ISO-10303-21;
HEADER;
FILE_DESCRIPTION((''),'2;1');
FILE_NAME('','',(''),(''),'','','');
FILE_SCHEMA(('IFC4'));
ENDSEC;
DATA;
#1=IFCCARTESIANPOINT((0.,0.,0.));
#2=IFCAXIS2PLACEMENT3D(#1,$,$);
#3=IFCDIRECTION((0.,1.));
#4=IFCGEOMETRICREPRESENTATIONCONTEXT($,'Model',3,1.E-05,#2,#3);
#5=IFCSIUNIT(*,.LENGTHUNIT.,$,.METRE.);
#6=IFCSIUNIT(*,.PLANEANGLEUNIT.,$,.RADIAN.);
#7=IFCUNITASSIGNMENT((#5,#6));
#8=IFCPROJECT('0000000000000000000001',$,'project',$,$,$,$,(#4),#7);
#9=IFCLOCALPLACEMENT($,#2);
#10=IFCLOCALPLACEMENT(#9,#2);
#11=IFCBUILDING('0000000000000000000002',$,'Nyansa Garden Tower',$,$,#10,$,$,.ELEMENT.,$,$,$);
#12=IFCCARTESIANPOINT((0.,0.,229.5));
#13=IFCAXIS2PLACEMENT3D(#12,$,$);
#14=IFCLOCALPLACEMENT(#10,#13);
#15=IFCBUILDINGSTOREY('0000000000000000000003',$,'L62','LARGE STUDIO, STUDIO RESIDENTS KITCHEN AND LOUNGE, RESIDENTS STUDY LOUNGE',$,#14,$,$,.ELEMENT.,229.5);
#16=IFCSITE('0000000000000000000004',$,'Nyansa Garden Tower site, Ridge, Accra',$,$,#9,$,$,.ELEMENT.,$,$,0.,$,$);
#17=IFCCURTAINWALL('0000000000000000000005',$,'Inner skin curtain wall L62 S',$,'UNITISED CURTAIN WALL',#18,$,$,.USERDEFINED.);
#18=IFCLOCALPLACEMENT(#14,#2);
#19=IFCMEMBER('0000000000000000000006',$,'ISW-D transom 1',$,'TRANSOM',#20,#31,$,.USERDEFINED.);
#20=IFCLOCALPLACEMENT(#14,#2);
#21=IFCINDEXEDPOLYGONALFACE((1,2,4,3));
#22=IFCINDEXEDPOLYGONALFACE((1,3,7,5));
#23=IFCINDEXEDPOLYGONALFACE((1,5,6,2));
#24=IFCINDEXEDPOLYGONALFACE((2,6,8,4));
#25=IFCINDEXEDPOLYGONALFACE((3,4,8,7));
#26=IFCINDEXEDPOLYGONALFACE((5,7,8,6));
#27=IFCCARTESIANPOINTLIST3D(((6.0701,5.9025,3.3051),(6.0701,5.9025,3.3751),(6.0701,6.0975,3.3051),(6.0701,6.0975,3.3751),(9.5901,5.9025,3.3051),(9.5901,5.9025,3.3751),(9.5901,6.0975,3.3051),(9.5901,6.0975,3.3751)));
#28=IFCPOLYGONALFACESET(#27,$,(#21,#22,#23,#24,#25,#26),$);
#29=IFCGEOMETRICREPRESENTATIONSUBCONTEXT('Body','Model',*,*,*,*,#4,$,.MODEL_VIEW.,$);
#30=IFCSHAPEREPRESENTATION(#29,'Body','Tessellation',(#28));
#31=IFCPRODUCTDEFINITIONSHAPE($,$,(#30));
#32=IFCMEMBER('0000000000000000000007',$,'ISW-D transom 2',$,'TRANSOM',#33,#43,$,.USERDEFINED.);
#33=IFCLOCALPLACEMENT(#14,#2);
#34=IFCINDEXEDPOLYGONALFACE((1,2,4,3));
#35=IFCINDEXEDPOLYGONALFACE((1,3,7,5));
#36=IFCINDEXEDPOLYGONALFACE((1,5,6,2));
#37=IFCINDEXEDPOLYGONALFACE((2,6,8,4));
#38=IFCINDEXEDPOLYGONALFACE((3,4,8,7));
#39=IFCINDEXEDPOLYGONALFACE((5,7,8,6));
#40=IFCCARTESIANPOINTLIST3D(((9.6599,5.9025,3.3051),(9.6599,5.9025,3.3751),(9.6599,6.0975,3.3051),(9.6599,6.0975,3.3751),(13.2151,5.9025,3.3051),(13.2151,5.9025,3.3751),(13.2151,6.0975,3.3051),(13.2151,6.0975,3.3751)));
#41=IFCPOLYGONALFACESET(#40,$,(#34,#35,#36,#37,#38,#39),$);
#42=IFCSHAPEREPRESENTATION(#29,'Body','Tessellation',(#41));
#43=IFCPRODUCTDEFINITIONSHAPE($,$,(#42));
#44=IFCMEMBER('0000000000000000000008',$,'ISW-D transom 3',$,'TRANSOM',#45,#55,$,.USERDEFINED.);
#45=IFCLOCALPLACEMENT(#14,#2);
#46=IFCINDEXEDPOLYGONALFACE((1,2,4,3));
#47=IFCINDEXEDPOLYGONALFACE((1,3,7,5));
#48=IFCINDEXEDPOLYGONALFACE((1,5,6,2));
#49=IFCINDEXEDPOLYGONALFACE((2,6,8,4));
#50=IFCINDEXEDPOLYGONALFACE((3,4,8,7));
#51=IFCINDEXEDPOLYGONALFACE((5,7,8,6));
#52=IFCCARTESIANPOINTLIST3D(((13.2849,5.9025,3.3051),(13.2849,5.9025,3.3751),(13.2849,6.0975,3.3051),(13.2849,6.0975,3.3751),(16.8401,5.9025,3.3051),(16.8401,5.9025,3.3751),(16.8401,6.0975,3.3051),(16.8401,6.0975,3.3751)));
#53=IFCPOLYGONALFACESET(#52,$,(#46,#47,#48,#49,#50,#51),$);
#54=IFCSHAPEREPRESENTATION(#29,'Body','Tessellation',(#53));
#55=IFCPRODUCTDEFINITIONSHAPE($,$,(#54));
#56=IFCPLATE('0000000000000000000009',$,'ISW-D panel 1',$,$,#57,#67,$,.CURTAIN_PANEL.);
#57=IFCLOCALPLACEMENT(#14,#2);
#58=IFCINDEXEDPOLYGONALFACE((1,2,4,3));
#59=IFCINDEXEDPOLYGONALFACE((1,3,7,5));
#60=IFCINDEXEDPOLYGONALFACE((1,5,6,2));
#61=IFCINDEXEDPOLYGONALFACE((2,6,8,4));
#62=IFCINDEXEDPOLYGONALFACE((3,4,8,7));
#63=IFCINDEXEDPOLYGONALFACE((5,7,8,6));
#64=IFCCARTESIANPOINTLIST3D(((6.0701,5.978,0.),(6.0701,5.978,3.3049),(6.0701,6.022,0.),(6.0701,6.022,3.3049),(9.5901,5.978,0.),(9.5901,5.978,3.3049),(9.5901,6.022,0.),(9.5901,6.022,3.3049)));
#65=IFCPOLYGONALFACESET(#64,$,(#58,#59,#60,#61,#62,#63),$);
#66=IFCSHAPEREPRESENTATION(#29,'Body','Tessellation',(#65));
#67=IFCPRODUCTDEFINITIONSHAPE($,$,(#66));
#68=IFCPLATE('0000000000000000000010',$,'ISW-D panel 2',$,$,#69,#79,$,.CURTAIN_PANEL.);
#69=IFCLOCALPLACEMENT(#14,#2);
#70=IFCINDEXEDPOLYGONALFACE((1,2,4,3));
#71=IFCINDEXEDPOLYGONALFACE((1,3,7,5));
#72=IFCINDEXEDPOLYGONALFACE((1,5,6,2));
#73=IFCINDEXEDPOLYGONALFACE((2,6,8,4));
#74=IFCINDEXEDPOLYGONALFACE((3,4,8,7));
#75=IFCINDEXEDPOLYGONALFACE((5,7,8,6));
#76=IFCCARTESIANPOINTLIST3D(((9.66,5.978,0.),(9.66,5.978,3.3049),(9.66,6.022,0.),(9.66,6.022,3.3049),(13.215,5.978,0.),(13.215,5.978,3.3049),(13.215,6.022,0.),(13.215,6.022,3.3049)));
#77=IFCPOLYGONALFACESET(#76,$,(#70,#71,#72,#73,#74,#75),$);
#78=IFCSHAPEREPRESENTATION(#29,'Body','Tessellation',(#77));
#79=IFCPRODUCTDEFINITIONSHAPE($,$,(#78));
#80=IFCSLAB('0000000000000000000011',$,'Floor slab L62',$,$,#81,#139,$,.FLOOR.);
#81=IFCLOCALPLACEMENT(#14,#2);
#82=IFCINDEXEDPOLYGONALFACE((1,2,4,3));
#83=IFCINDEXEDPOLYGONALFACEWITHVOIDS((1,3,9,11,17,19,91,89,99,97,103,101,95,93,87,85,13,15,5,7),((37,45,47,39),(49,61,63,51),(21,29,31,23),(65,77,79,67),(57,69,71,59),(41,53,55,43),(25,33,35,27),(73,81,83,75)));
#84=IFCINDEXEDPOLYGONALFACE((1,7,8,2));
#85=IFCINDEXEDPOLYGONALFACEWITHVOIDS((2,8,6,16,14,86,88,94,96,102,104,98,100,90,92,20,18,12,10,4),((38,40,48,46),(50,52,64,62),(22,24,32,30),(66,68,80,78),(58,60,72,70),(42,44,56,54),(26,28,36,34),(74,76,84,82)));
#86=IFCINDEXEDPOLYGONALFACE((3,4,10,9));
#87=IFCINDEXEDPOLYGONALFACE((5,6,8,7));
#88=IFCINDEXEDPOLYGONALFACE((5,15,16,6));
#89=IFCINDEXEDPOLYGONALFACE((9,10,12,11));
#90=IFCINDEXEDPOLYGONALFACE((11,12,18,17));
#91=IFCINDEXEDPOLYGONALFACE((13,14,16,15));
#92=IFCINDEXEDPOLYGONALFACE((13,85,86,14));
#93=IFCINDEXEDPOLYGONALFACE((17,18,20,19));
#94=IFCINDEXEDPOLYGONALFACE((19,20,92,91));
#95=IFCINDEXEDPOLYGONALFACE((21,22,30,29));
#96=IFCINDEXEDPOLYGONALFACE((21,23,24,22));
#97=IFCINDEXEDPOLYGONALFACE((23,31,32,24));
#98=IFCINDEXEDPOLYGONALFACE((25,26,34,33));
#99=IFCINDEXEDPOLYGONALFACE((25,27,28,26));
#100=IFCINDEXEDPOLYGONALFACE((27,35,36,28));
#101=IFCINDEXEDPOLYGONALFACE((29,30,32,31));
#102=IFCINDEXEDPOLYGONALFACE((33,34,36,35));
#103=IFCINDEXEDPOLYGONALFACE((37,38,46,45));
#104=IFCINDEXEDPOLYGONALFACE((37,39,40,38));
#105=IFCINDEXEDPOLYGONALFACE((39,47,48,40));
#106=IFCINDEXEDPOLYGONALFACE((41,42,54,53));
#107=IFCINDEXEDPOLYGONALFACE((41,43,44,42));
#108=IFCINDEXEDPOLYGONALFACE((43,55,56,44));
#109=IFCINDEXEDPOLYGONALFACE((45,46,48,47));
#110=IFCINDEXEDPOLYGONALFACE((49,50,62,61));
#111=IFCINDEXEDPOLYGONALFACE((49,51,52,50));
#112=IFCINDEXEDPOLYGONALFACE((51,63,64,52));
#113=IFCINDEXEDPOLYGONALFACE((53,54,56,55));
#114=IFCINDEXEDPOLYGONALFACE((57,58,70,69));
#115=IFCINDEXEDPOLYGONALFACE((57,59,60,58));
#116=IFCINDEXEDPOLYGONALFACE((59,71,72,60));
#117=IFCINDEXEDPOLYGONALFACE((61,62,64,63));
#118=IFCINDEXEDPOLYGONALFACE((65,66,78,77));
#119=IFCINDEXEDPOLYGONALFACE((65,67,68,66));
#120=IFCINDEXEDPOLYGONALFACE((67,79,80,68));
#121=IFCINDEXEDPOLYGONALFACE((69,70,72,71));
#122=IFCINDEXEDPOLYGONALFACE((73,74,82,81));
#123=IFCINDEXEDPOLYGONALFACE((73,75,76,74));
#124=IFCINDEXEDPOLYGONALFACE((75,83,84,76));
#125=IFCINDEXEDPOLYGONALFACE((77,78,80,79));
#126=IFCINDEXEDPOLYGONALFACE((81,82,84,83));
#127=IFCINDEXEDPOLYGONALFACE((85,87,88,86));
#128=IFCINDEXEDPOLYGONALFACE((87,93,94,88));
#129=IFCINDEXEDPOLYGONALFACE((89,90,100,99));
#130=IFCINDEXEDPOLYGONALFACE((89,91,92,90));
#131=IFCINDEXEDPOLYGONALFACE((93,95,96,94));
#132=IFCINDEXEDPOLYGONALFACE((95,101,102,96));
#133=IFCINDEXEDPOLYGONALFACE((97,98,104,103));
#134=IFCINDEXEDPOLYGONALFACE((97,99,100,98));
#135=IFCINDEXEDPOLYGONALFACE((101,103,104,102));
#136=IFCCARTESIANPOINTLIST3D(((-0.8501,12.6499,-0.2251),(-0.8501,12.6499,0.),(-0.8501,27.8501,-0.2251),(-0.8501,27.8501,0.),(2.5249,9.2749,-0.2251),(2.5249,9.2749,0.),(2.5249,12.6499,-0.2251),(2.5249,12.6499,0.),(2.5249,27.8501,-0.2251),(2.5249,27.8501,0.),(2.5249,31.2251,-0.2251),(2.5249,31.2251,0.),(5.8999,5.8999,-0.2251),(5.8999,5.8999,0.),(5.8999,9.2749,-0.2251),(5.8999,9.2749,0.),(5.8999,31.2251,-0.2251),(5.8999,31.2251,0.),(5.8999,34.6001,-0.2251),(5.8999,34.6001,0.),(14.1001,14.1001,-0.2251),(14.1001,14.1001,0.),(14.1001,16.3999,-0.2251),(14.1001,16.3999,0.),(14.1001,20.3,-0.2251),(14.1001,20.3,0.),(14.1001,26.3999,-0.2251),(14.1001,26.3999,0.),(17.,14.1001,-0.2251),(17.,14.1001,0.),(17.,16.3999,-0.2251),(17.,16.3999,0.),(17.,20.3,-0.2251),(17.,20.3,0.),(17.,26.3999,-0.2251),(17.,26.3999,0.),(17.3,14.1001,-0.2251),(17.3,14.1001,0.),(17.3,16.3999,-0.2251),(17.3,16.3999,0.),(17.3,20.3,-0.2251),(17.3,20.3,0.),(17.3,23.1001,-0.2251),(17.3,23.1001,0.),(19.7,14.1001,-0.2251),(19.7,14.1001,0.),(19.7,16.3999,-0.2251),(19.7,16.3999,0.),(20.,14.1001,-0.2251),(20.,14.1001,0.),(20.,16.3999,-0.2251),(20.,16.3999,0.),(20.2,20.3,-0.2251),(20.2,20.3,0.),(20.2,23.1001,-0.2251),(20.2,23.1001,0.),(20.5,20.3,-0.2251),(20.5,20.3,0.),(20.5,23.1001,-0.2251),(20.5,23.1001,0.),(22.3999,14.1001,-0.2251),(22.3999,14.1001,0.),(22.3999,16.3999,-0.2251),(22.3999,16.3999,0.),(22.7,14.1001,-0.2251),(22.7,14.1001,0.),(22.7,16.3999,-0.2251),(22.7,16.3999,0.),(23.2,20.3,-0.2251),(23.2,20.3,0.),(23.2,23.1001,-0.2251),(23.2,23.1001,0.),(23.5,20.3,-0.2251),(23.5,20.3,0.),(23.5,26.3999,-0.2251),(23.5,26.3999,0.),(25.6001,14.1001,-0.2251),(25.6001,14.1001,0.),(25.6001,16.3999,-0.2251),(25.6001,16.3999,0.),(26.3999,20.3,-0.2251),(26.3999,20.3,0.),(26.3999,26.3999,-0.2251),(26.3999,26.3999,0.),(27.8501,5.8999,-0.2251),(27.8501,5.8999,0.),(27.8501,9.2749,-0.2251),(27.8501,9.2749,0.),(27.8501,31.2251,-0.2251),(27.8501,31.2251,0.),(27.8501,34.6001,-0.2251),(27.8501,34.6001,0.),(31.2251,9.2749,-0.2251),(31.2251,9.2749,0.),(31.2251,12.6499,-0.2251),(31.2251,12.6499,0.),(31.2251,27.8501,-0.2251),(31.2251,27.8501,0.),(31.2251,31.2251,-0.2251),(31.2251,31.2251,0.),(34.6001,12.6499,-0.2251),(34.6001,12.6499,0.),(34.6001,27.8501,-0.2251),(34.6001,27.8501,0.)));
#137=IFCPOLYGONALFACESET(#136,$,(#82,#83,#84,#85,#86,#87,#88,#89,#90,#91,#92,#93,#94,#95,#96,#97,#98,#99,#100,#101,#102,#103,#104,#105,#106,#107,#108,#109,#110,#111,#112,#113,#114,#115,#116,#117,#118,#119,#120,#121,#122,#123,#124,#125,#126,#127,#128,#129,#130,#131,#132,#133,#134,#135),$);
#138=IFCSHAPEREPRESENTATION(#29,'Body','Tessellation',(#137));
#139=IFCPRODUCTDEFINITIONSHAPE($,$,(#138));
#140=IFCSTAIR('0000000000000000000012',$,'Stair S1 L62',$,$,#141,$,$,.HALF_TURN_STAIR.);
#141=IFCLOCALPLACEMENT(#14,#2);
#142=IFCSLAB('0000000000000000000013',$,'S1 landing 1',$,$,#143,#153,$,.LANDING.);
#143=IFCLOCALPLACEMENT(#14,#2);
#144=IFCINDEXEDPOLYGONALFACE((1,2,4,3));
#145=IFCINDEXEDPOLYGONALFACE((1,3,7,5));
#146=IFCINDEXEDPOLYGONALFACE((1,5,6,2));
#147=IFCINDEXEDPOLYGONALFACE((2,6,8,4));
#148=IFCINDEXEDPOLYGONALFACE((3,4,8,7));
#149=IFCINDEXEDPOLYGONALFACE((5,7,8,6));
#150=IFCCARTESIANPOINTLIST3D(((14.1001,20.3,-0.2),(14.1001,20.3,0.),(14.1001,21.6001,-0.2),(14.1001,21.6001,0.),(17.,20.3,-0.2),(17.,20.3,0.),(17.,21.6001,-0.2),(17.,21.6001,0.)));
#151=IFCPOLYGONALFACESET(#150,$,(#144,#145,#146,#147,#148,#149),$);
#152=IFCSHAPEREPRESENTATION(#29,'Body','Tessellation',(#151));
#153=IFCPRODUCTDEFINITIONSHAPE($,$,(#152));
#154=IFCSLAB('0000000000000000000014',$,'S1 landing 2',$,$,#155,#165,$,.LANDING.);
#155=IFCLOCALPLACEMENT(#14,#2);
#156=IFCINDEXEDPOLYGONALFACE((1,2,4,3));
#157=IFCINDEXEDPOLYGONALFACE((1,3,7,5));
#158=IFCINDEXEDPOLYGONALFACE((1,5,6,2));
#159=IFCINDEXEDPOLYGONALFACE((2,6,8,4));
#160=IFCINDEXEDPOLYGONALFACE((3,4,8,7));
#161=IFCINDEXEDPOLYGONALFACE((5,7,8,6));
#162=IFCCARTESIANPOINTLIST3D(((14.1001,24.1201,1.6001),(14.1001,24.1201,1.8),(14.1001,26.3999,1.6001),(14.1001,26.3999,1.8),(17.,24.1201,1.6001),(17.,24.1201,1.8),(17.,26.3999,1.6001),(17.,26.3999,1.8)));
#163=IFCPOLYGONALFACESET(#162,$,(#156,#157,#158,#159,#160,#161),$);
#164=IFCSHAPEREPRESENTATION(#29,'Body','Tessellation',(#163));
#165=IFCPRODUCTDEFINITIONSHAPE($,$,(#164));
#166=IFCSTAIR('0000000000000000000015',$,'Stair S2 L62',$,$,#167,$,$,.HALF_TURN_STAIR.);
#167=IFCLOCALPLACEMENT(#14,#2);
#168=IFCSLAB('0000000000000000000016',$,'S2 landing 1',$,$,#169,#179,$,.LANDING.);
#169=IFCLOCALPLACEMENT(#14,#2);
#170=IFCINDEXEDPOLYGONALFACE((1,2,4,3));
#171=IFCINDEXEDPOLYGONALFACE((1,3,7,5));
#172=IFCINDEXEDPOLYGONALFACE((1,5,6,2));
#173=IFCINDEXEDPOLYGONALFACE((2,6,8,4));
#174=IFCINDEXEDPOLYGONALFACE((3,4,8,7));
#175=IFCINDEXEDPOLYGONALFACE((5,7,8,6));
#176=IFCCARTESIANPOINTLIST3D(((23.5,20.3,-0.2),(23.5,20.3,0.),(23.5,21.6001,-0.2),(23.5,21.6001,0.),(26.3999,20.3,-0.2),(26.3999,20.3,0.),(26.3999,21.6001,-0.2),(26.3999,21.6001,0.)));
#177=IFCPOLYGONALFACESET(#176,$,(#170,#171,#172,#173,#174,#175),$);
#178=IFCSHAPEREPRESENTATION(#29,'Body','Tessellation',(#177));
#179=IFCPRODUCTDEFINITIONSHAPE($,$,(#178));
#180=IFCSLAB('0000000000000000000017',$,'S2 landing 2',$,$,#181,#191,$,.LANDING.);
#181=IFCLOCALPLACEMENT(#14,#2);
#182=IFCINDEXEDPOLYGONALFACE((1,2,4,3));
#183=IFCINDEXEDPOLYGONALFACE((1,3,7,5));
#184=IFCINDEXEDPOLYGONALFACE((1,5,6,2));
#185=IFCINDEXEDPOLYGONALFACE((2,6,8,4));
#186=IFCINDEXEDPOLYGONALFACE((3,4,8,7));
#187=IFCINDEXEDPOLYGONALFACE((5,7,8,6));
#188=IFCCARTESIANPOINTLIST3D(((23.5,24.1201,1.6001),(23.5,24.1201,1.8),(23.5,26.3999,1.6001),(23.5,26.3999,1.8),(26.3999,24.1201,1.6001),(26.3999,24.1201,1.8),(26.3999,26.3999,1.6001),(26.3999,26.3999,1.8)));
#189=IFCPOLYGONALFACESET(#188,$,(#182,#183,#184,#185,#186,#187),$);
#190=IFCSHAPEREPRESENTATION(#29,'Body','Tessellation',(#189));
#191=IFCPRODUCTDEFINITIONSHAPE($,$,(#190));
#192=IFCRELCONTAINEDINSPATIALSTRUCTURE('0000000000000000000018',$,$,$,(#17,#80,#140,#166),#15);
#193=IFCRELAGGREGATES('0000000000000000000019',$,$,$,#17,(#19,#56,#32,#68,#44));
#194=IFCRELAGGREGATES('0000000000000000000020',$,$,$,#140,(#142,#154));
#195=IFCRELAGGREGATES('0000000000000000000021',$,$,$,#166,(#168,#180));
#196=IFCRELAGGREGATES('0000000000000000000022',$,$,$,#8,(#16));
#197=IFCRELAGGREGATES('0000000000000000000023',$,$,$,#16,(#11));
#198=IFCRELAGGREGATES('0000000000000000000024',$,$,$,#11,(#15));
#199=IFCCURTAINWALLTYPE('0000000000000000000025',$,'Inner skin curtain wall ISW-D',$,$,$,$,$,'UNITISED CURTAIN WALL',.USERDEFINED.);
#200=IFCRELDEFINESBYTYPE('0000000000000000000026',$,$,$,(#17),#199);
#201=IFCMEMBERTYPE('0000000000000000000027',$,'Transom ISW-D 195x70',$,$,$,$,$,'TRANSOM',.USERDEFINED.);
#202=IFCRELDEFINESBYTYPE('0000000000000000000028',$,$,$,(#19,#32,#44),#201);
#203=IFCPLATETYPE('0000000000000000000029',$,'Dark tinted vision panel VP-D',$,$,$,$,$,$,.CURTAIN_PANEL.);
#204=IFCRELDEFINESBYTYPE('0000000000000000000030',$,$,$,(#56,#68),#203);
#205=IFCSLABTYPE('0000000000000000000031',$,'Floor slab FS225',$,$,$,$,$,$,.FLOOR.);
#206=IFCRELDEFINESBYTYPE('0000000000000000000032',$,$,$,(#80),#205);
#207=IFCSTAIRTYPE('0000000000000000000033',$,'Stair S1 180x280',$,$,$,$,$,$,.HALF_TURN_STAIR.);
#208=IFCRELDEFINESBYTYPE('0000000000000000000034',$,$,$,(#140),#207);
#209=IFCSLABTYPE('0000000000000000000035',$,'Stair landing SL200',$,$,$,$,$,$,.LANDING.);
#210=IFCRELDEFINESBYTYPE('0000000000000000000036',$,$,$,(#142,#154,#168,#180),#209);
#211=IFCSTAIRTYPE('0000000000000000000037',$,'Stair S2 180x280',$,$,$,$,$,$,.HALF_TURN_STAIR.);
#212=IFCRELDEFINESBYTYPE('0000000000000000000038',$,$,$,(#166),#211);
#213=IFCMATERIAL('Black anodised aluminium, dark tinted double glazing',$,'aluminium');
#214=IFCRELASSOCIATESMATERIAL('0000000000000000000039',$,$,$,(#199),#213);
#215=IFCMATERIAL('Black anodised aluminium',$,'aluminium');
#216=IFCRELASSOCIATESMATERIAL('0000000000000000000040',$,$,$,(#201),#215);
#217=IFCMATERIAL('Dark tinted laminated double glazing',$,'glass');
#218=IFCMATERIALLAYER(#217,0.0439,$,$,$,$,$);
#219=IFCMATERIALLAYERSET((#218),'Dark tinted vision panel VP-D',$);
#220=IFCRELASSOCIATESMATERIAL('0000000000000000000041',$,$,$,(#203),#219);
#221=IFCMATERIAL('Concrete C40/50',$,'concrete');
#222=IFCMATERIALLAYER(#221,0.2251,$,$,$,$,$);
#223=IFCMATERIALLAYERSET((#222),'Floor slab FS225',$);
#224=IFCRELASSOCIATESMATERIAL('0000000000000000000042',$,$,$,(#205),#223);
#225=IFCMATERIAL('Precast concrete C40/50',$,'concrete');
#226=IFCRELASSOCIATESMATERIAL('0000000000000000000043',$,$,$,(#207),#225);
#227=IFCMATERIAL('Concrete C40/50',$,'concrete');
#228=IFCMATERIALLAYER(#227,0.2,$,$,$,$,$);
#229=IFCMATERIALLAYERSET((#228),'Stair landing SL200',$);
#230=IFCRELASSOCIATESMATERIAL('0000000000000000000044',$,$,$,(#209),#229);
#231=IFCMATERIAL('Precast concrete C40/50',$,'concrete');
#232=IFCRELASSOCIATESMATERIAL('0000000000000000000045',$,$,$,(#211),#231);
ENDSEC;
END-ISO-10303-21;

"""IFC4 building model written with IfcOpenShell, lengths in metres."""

from ifc_helpers import new_model, si_unit, direction, frame, origin, origin_2d, place, context, subcontext, project, spatial, polyline, rectangle, outline, extrude, material, layer, layer_set, material_profile, profile_set, type_object, element, aggregate, save


model = new_model("IFC4")

# Units and contexts
model_context = context("Model", 3, precision=1e-05, world=origin(), true_north=direction((0.0, 1.0)))
body_context = subcontext(model_context, "Body", "Model", "MODEL_VIEW")
ifc_project = project(units=[si_unit("LENGTHUNIT", "METRE"), si_unit("PLANEANGLEUNIT", "RADIAN")], contexts=[model_context])

# Site, building, storey
site_placement = place(None, origin())
site = spatial("IfcSite", under=ifc_project, at=site_placement, Name="Nyansa Garden Tower site, Ridge, Accra", CompositionType="ELEMENT", RefElevation=0.0)
building_placement = place(site_placement, origin())
building = spatial("IfcBuilding", under=site, at=building_placement, Name="Nyansa Garden Tower", CompositionType="ELEMENT")
storey_placement = place(building_placement, frame((0.0, 0.0, 229.5)))
storey = spatial("IfcBuildingStorey", under=building, at=storey_placement, Name="L62", Description="LARGE STUDIO, STUDIO RESIDENTS KITCHEN AND LOUNGE, RESIDENTS STUDY LOUNGE", CompositionType="ELEMENT", Elevation=229.5)

# Curtain wall
ifc_material_1 = material(Name="Black anodised aluminium, dark tinted double glazing", Category="aluminium")
curtain_wall_type = type_object("IfcCurtainWallType", Name="Inner skin curtain wall ISW-D", ElementType="UNITISED CURTAIN WALL", PredefinedType="USERDEFINED", material=ifc_material_1)
curtain_wall_placement = place(storey_placement, origin())
curtain_wall = element("IfcCurtainWall", 1, at=curtain_wall_placement, inside=storey, type_object=curtain_wall_type, Name="Inner skin curtain wall L62 S", ObjectType="UNITISED CURTAIN WALL", PredefinedType="USERDEFINED")

# Members
ifc_material_2 = material(Name="Black anodised aluminium", Category="aluminium")
ifc_material_profile_1 = material_profile(ifc_material_2, rectangle(XDim=0.1951, YDim=0.0701, at=origin_2d()), Name="Transom 195x70")
ifc_profile_set_1 = profile_set([ifc_material_profile_1], Name="Black anodised aluminium")
member_type_1 = type_object("IfcMemberType", Name="Transom ISW-D 195x70", ElementType="TRANSOM", PredefinedType="USERDEFINED", material=ifc_profile_set_1)
member_1_placement = place(storey_placement, frame((6.0701, 6.0, 3.3401), z_axis=(1.0, 0.0, 0.0), x_axis=(0.0, 1.0, 0.0)))
member_1 = element("IfcMember", 2, at=member_1_placement, type_object=member_type_1, Name="ISW-D transom 1", ObjectType="TRANSOM", PredefinedType="USERDEFINED", context=body_context, shape_type="SweptSolid", body=[
    extrude(rectangle(XDim=0.1951, YDim=0.0701, at=origin_2d()), origin(), (0.0, 0.0, 1.0), 3.52),
])
member_2_placement = place(storey_placement, frame((9.6599, 6.0, 3.3401), z_axis=(1.0, 0.0, 0.0), x_axis=(0.0, 1.0, 0.0)))
member_2 = element("IfcMember", 3, at=member_2_placement, type_object=member_type_1, Name="ISW-D transom 2", ObjectType="TRANSOM", PredefinedType="USERDEFINED", context=body_context, shape_type="SweptSolid", body=[
    extrude(rectangle(XDim=0.1951, YDim=0.0701, at=origin_2d()), origin(), (0.0, 0.0, 1.0), 3.5552),
])
member_3_placement = place(storey_placement, frame((13.2849, 6.0, 3.3401), z_axis=(1.0, 0.0, 0.0), x_axis=(0.0, 1.0, 0.0)))
member_3 = element("IfcMember", 4, at=member_3_placement, type_object=member_type_1, Name="ISW-D transom 3", ObjectType="TRANSOM", PredefinedType="USERDEFINED", context=body_context, shape_type="SweptSolid", body=[
    extrude(rectangle(XDim=0.1951, YDim=0.0701, at=origin_2d()), origin(), (0.0, 0.0, 1.0), 3.5552),
])

# Plates
ifc_material_3 = material(Name="Dark tinted laminated double glazing", Category="glass")
ifc_layer_1 = layer(ifc_material_3, 0.0439)
ifc_layer_set_1 = layer_set([ifc_layer_1], Name="Dark tinted vision panel VP-D")
plate_type = type_object("IfcPlateType", Name="Dark tinted vision panel VP-D", PredefinedType="CURTAIN_PANEL", material=ifc_layer_set_1)
plate_1_placement = place(storey_placement, frame((7.8301, 6.0, 0.0), z_axis=(0.0, 0.0, 1.0), x_axis=(1.0, 0.0, 0.0)))
plate_1 = element("IfcPlate", 5, at=plate_1_placement, type_object=plate_type, Name="ISW-D panel 1", PredefinedType="CURTAIN_PANEL", context=body_context, shape_type="SweptSolid", body=[
    extrude(rectangle(XDim=3.52, YDim=0.0439, at=origin_2d()), origin(), (0.0, 0.0, 1.0), 3.3049),
])
plate_2_placement = place(storey_placement, frame((11.4375, 6.0, 0.0), z_axis=(0.0, 0.0, 1.0), x_axis=(1.0, 0.0, 0.0)))
plate_2 = element("IfcPlate", 6, at=plate_2_placement, type_object=plate_type, Name="ISW-D panel 2", PredefinedType="CURTAIN_PANEL", context=body_context, shape_type="SweptSolid", body=[
    extrude(rectangle(XDim=3.5549, YDim=0.0439, at=origin_2d()), origin(), (0.0, 0.0, 1.0), 3.3049),
])
aggregate(curtain_wall, [member_1, plate_1, member_2, plate_2, member_3])

# Slab
ifc_material_4 = material(Name="Concrete C40/50", Category="concrete")
ifc_layer_2 = layer(ifc_material_4, 0.2251)
ifc_layer_set_2 = layer_set([ifc_layer_2], Name="Floor slab FS225")
slab_type_1 = type_object("IfcSlabType", Name="Floor slab FS225", PredefinedType="FLOOR", material=ifc_layer_set_2)
slab_1_placement = place(storey_placement, frame((0.0, 0.0, -0.2251)))
element("IfcSlab", 7, at=slab_1_placement, inside=storey, type_object=slab_type_1, Name="Floor slab L62", PredefinedType="FLOOR", context=body_context, shape_type="SweptSolid", body=[
    extrude(outline(polyline([(34.6001, 12.6499), (31.2251, 12.6499), (31.2251, 9.2749), (27.8501, 9.2749), (27.8501, 5.8999), (5.8999, 5.8999), (5.8999, 9.2749), (2.5249, 9.2749), (2.5249, 12.6499), (-0.8501, 12.6499), (-0.8501, 27.8501), (2.5249, 27.8501), (2.5249, 31.2251), (5.8999, 31.2251), (5.8999, 34.6001), (27.8501, 34.6001), (27.8501, 31.2251), (31.2251, 31.2251), (31.2251, 27.8501), (34.6001, 27.8501), (34.6001, 12.6499)]), holes=[polyline([(14.1001, 14.1001), (17.0, 14.1001), (17.0, 16.3999), (14.1001, 16.3999), (14.1001, 14.1001)]), polyline([(17.3, 14.1001), (19.7, 14.1001), (19.7, 16.3999), (17.3, 16.3999), (17.3, 14.1001)]), polyline([(20.0, 14.1001), (22.3999, 14.1001), (22.3999, 16.3999), (20.0, 16.3999), (20.0, 14.1001)]), polyline([(22.7, 14.1001), (25.6001, 14.1001), (25.6001, 16.3999), (22.7, 16.3999), (22.7, 14.1001)]), polyline([(17.3, 20.3), (20.2, 20.3), (20.2, 23.1001), (17.3, 23.1001), (17.3, 20.3)]), polyline([(20.5, 20.3), (23.2, 20.3), (23.2, 23.1001), (20.5, 23.1001), (20.5, 20.3)]), polyline([(14.1001, 20.3), (17.0, 20.3), (17.0, 26.3999), (14.1001, 26.3999), (14.1001, 20.3)]), polyline([(23.5, 20.3), (26.3999, 20.3), (26.3999, 26.3999), (23.5, 26.3999), (23.5, 20.3)])]), origin(), (0.0, 0.0, 1.0), 0.2251),
])

# Stairs, slabs
ifc_material_5 = material(Name="Precast concrete C40/50", Category="concrete")
stair_type_1 = type_object("IfcStairType", Name="Stair S1 180x280", PredefinedType="HALF_TURN_STAIR", material=ifc_material_5)
stair_1_placement = place(storey_placement, origin())
stair_1 = element("IfcStair", 8, at=stair_1_placement, inside=storey, type_object=stair_type_1, Name="Stair S1 L62", PredefinedType="HALF_TURN_STAIR")
ifc_material_6 = material(Name="Concrete C40/50", Category="concrete")
ifc_layer_3 = layer(ifc_material_6, 0.2)
ifc_layer_set_3 = layer_set([ifc_layer_3], Name="Stair landing SL200")
slab_type_2 = type_object("IfcSlabType", Name="Stair landing SL200", PredefinedType="LANDING", material=ifc_layer_set_3)
slab_2_placement = place(storey_placement, frame((0.0, 0.0, -0.2)))
slab_2 = element("IfcSlab", 9, at=slab_2_placement, type_object=slab_type_2, Name="S1 landing 1", PredefinedType="LANDING", context=body_context, shape_type="SweptSolid", body=[
    extrude(outline(polyline([(14.1001, 20.3), (17.0, 20.3), (17.0, 21.6001), (14.1001, 21.6001), (14.1001, 20.3)])), origin(), (0.0, 0.0, 1.0), 0.2),
])
slab_3_placement = place(storey_placement, frame((0.0, 0.0, 1.6001)))
slab_3 = element("IfcSlab", 10, at=slab_3_placement, type_object=slab_type_2, Name="S1 landing 2", PredefinedType="LANDING", context=body_context, shape_type="SweptSolid", body=[
    extrude(outline(polyline([(14.1001, 24.1201), (17.0, 24.1201), (17.0, 26.3999), (14.1001, 26.3999), (14.1001, 24.1201)])), origin(), (0.0, 0.0, 1.0), 0.2),
])
aggregate(stair_1, [slab_2, slab_3])
ifc_material_7 = material(Name="Precast concrete C40/50", Category="concrete")
stair_type_2 = type_object("IfcStairType", Name="Stair S2 180x280", PredefinedType="HALF_TURN_STAIR", material=ifc_material_7)
stair_2_placement = place(storey_placement, origin())
stair_2 = element("IfcStair", 11, at=stair_2_placement, inside=storey, type_object=stair_type_2, Name="Stair S2 L62", PredefinedType="HALF_TURN_STAIR")
slab_4_placement = place(storey_placement, frame((0.0, 0.0, -0.2)))
slab_4 = element("IfcSlab", 12, at=slab_4_placement, type_object=slab_type_2, Name="S2 landing 1", PredefinedType="LANDING", context=body_context, shape_type="SweptSolid", body=[
    extrude(outline(polyline([(23.5, 20.3), (26.3999, 20.3), (26.3999, 21.6001), (23.5, 21.6001), (23.5, 20.3)])), origin(), (0.0, 0.0, 1.0), 0.2),
])
slab_5_placement = place(storey_placement, frame((0.0, 0.0, 1.6001)))
slab_5 = element("IfcSlab", 13, at=slab_5_placement, type_object=slab_type_2, Name="S2 landing 2", PredefinedType="LANDING", context=body_context, shape_type="SweptSolid", body=[
    extrude(outline(polyline([(23.5, 24.1201), (26.3999, 24.1201), (26.3999, 26.3999), (23.5, 26.3999), (23.5, 24.1201)])), origin(), (0.0, 0.0, 1.0), 0.2),
])
aggregate(stair_2, [slab_4, slab_5])

save(model, "model.ifc")
